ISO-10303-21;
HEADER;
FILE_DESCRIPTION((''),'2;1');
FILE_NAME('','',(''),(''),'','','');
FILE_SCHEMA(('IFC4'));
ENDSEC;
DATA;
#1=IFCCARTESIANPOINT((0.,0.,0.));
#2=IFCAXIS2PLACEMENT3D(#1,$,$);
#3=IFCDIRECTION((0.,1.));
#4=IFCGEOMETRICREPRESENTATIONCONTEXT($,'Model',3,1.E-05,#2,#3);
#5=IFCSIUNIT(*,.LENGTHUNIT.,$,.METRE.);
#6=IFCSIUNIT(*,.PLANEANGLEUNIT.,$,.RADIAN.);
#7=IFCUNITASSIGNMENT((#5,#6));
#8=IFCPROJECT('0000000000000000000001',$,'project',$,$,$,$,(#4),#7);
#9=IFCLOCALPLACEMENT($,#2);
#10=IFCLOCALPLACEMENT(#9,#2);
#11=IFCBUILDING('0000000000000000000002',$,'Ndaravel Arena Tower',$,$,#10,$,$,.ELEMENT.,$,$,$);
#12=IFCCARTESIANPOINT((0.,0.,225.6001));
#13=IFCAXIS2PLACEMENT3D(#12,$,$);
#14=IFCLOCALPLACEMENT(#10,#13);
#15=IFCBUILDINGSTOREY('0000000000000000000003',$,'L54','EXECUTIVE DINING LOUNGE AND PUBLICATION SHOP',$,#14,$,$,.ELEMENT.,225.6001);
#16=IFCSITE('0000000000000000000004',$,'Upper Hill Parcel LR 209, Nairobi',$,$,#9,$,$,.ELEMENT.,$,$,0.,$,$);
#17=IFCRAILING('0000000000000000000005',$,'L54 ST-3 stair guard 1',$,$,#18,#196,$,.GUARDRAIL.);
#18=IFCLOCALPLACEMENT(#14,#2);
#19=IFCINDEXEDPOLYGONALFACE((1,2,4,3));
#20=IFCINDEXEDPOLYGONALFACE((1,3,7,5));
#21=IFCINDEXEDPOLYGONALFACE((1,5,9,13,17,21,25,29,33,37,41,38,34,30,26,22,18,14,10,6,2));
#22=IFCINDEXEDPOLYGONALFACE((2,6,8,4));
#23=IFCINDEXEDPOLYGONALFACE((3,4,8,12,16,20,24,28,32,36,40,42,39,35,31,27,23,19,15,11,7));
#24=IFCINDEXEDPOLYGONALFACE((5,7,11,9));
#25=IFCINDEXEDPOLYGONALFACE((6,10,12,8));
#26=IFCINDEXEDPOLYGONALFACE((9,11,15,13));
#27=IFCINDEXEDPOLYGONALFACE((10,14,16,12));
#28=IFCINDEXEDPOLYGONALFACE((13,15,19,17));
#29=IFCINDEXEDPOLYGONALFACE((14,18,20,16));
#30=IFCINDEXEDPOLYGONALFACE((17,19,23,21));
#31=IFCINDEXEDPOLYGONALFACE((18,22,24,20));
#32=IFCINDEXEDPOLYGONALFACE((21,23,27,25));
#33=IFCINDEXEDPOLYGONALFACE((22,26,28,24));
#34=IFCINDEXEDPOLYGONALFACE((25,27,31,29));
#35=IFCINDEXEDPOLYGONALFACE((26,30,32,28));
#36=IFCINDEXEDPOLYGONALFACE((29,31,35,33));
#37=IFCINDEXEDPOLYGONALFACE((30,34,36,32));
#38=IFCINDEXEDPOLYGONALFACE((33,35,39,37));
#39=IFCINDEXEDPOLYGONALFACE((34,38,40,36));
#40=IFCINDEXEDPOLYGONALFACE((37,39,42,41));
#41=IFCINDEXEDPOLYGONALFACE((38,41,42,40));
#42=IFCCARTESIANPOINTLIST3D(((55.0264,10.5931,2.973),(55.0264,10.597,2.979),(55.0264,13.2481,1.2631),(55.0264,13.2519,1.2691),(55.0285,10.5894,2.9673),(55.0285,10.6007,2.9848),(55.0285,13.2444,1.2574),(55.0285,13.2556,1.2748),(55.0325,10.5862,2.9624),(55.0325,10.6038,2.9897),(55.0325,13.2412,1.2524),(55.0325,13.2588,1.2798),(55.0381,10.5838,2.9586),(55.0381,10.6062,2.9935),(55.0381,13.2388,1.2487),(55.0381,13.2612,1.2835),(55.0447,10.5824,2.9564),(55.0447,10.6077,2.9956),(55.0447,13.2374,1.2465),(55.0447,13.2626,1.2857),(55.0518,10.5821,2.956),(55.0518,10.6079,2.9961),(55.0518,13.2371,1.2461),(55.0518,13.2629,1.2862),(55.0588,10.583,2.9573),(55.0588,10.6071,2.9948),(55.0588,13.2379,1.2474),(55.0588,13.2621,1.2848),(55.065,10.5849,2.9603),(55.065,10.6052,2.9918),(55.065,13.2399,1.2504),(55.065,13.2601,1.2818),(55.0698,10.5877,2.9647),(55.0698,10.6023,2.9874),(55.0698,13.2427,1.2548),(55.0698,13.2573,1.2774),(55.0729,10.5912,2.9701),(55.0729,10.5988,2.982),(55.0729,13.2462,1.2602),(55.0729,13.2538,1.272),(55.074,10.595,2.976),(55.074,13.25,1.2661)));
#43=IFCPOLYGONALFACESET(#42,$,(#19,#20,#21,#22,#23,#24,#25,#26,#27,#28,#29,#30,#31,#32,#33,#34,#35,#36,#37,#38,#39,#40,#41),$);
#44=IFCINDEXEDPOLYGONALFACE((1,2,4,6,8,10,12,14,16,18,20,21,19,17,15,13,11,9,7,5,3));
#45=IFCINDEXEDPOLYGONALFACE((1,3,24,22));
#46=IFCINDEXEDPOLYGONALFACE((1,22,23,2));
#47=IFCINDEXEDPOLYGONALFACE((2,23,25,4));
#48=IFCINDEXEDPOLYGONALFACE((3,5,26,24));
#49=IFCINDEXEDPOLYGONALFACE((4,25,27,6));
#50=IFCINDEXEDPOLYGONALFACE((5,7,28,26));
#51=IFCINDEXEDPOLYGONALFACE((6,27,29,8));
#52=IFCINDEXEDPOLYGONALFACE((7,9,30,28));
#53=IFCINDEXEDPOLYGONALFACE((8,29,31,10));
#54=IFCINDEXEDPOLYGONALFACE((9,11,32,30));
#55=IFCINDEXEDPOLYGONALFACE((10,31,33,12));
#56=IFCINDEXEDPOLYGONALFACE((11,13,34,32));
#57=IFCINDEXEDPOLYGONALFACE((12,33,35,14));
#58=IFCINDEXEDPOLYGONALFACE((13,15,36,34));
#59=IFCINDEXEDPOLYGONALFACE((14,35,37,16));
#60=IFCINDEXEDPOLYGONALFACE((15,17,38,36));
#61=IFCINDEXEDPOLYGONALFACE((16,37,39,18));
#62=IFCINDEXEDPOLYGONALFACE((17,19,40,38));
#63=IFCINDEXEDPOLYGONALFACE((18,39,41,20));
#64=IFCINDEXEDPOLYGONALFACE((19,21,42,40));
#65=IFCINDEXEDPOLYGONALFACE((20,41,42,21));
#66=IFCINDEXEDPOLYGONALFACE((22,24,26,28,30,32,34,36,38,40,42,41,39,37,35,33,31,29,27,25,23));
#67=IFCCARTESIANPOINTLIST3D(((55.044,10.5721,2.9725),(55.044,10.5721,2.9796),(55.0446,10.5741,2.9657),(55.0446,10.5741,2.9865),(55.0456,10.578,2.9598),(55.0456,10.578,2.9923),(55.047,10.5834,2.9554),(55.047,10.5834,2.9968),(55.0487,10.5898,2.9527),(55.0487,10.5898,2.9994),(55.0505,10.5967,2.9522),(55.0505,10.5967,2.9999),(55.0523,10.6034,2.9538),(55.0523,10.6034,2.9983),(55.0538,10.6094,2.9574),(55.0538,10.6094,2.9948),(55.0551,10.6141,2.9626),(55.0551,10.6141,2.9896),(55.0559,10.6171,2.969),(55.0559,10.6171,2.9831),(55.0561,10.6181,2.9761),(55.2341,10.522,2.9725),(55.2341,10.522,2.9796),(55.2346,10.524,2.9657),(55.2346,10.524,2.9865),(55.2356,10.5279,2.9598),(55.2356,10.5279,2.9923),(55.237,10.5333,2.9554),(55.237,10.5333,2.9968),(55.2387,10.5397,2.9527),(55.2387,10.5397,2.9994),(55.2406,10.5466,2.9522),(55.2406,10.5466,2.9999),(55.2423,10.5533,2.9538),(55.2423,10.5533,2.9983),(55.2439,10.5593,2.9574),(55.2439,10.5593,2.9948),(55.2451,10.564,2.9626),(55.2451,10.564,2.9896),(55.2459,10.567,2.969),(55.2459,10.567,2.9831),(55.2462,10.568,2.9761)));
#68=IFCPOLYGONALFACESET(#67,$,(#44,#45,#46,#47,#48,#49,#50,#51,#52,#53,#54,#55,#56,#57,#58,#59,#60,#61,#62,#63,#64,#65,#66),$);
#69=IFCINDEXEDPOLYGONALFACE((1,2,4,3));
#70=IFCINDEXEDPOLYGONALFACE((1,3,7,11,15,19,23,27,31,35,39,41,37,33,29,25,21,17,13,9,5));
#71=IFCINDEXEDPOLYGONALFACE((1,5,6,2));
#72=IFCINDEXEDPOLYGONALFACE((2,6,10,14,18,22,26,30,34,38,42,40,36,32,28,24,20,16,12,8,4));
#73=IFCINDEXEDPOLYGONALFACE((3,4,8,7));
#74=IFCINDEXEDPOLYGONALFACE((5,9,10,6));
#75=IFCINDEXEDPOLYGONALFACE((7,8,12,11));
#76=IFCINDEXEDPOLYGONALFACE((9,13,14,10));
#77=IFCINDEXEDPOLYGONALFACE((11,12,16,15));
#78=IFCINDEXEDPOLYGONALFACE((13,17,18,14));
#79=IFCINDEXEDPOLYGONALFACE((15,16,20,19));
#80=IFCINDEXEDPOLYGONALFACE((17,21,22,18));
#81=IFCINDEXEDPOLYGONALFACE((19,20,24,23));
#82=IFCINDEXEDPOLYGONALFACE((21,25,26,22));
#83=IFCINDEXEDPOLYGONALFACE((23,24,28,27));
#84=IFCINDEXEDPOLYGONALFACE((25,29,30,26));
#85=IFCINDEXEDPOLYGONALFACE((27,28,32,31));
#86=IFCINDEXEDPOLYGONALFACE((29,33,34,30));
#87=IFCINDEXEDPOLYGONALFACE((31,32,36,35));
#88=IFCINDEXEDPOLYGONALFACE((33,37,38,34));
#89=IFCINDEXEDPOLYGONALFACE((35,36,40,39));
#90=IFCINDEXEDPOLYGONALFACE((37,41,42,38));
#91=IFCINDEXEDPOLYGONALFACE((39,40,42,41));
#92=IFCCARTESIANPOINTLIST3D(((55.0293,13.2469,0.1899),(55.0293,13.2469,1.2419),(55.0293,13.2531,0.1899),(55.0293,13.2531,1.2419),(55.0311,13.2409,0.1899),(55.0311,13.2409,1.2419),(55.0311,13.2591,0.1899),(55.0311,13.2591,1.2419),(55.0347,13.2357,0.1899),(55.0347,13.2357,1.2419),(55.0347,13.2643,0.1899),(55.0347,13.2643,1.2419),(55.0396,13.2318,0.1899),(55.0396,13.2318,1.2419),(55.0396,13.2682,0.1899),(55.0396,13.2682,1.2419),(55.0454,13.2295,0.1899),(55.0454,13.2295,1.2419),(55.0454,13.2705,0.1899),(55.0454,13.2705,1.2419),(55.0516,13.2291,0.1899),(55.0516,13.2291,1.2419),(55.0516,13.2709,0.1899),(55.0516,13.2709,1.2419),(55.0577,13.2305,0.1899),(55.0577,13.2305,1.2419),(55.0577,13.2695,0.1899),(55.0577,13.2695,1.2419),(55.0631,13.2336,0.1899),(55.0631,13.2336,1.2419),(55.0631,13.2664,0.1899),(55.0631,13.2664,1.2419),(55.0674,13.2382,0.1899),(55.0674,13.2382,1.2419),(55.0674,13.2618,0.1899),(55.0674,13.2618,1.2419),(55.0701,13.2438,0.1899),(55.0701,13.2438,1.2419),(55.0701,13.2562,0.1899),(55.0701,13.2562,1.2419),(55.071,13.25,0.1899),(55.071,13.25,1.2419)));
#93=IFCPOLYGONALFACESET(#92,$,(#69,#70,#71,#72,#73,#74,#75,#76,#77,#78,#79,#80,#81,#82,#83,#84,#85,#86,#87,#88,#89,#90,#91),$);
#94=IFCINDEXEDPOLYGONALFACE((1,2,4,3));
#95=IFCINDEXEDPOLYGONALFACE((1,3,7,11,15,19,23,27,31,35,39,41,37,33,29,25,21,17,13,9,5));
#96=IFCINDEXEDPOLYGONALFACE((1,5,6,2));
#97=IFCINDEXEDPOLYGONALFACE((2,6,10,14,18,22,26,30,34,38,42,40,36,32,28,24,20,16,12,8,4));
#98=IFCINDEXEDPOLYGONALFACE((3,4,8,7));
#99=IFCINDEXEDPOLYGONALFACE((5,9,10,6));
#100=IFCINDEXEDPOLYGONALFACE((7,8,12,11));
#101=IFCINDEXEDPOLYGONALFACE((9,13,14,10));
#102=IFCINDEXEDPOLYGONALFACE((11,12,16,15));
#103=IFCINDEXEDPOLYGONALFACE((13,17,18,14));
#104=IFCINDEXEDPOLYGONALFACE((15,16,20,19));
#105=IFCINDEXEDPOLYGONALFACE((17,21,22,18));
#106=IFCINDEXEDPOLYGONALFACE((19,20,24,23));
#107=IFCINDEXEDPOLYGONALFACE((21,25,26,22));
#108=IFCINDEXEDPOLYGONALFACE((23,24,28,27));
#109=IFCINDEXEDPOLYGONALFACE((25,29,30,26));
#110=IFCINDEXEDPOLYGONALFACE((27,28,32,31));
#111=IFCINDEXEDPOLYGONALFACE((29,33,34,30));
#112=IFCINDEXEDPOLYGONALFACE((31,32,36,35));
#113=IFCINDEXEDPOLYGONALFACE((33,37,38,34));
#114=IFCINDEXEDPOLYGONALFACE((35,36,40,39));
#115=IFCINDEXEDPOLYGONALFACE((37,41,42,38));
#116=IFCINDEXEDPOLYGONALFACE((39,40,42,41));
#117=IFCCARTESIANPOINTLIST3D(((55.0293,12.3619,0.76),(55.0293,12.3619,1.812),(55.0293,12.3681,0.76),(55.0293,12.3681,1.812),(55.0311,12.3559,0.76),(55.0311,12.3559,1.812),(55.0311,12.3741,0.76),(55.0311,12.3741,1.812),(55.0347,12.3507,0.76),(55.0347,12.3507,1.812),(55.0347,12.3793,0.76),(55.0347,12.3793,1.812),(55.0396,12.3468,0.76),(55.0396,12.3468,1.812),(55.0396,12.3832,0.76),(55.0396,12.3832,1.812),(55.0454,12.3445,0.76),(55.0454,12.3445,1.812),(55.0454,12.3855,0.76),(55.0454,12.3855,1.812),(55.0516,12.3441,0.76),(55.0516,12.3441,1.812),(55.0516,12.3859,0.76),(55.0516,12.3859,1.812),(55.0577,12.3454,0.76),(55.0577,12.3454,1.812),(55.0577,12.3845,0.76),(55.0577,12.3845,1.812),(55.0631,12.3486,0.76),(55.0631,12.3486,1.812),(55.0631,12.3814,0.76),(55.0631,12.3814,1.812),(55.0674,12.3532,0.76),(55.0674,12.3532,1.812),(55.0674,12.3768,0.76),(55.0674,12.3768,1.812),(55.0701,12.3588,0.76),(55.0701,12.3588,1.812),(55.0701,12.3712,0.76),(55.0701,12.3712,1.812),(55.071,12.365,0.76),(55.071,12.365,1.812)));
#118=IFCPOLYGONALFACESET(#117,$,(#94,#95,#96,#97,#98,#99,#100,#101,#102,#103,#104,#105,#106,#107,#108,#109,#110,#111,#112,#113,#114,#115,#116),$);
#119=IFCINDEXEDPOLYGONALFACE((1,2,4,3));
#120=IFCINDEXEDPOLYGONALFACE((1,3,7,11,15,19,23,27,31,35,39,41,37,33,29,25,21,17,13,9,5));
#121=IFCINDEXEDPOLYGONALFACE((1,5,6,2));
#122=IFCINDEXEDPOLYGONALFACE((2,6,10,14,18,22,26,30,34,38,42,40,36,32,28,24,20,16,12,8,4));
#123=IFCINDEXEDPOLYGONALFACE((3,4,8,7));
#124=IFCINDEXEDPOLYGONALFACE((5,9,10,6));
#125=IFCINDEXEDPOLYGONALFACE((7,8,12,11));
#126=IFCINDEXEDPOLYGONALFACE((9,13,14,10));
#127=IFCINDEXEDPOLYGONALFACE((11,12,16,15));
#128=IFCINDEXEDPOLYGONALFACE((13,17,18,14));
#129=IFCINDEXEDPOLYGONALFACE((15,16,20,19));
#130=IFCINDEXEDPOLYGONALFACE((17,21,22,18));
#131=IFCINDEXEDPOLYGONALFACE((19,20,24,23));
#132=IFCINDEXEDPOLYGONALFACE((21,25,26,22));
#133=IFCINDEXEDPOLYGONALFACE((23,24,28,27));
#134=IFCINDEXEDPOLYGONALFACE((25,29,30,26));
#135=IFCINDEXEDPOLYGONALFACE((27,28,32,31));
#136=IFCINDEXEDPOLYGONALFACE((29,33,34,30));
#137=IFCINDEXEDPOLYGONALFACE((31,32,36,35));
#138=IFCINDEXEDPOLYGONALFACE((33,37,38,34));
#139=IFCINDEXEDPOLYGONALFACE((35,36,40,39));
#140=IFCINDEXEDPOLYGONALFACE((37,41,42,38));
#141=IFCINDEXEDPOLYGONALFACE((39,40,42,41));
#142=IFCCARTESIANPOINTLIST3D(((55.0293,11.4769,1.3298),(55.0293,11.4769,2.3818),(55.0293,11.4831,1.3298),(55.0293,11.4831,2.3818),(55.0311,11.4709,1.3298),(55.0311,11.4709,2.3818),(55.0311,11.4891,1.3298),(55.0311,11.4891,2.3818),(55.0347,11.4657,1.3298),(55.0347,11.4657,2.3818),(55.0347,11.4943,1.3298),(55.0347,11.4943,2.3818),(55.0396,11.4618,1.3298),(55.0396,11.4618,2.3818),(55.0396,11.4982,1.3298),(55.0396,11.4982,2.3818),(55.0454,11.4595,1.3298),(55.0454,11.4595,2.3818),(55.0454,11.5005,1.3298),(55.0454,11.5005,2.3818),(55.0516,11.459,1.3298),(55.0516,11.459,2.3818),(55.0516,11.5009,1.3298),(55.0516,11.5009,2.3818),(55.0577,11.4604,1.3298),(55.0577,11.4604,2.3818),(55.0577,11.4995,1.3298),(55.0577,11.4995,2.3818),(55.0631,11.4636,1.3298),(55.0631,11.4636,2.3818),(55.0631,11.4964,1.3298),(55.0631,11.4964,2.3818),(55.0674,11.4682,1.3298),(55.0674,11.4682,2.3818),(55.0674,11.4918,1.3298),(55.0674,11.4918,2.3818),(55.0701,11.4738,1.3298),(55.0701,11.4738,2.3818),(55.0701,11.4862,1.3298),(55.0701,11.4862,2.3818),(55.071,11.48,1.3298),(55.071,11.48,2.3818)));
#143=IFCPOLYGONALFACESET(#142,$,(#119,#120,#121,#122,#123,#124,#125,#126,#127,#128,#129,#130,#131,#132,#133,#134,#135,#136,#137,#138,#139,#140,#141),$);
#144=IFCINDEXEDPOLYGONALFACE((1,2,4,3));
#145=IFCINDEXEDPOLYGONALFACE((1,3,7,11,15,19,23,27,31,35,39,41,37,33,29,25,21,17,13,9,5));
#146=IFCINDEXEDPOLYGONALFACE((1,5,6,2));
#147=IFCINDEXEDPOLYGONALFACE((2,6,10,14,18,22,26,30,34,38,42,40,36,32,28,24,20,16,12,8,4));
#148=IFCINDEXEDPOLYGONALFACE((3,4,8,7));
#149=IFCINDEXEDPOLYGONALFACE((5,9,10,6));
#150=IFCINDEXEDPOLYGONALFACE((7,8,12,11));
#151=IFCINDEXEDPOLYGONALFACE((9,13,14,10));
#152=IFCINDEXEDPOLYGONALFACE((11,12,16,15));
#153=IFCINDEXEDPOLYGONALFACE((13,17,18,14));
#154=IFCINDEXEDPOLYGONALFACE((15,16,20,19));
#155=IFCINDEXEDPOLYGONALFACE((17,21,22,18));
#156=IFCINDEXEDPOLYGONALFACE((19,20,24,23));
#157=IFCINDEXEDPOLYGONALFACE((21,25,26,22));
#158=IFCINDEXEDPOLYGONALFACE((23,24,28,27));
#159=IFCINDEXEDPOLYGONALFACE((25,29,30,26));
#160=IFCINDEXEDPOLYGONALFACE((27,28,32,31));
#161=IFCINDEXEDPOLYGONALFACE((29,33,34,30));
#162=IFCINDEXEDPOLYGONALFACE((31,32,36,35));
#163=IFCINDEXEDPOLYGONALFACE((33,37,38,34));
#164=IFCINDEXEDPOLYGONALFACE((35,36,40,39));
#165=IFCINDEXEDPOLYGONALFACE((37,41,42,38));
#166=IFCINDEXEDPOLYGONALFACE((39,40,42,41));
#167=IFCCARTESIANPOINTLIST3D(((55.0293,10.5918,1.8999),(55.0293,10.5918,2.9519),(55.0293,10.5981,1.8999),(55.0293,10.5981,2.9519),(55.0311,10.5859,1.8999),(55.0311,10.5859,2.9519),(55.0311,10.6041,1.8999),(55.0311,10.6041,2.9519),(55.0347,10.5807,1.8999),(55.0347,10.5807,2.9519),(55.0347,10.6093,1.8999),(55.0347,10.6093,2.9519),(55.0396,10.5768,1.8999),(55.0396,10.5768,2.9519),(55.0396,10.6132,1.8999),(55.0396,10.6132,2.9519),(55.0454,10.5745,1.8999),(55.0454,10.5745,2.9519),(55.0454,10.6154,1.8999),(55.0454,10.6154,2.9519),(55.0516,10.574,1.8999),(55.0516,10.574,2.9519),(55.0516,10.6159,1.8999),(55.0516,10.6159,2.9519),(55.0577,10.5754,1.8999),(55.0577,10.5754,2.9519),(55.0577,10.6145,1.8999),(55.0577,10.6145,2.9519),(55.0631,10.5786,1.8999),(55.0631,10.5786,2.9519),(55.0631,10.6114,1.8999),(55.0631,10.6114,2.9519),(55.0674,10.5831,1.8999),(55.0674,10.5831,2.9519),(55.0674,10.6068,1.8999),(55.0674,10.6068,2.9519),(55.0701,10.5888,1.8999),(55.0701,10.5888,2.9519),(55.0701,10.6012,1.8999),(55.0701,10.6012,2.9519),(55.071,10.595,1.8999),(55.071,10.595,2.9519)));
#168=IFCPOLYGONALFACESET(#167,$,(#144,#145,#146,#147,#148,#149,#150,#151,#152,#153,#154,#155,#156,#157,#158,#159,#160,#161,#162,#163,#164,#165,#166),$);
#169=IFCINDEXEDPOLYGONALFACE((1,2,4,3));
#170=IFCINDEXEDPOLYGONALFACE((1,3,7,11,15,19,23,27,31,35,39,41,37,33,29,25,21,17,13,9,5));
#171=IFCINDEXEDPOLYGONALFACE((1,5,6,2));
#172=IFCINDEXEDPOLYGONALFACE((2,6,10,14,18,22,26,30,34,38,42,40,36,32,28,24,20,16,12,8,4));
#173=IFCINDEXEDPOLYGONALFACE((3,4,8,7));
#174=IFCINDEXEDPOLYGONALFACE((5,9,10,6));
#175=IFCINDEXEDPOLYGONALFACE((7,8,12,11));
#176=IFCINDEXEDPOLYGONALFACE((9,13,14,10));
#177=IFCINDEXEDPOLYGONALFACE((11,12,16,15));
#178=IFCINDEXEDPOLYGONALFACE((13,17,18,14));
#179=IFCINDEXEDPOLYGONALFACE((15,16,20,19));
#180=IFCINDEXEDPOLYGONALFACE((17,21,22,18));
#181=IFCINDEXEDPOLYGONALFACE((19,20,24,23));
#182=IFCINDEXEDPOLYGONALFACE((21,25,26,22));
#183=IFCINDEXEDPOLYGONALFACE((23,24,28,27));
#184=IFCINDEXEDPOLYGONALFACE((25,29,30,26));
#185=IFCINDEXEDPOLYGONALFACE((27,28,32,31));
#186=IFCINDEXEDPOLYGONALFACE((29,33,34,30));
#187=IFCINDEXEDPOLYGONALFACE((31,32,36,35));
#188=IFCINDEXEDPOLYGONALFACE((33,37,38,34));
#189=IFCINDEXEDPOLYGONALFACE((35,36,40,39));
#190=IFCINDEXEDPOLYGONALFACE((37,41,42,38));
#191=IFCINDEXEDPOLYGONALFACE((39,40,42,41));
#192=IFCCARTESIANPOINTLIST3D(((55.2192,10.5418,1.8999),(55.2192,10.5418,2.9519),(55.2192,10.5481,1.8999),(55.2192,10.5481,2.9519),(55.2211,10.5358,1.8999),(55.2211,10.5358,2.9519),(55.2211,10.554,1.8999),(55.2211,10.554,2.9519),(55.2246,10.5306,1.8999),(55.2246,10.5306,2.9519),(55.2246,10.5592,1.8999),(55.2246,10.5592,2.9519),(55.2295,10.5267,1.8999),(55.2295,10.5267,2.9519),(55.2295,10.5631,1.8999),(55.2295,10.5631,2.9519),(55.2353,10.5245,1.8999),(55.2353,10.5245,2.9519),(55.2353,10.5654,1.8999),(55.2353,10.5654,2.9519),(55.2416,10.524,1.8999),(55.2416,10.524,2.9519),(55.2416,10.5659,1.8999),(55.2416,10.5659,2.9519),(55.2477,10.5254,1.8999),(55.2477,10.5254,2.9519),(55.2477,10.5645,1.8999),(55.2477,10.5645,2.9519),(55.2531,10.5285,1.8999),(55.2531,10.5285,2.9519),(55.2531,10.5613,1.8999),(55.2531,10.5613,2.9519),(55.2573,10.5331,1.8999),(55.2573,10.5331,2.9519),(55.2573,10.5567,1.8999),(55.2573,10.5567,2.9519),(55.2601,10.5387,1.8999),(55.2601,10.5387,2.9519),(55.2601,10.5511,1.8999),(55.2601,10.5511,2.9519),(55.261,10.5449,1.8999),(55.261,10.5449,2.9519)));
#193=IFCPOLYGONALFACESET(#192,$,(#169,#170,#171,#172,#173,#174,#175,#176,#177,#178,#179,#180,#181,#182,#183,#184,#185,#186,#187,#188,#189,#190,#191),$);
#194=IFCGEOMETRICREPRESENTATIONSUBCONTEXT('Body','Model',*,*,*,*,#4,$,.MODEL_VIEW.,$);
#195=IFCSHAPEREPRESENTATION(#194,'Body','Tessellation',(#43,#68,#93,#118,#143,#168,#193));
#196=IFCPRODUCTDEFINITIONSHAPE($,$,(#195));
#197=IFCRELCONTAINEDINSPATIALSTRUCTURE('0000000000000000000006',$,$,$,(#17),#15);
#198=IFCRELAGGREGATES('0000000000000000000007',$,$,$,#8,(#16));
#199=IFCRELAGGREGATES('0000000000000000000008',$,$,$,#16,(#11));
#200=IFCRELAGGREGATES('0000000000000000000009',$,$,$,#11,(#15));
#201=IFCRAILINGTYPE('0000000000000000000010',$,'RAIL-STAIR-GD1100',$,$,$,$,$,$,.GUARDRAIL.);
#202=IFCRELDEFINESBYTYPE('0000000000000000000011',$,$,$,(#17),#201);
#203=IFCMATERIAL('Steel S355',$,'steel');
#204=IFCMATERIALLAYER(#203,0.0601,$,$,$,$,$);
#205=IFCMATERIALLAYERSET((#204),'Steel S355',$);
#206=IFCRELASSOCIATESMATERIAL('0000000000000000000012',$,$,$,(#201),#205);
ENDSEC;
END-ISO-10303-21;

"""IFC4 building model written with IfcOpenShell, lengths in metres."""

from ifc_helpers import new_model, si_unit, direction, frame, origin, origin_2d, place, context, subcontext, project, spatial, circle, extrude, material, layer, layer_set, type_object, element, save


model = new_model("IFC4")

# Units and contexts
model_context = context("Model", 3, precision=1e-05, world=origin(), true_north=direction((0.0, 1.0)))
body_context = subcontext(model_context, "Body", "Model", "MODEL_VIEW")
ifc_project = project(units=[si_unit("LENGTHUNIT", "METRE"), si_unit("PLANEANGLEUNIT", "RADIAN")], contexts=[model_context])

# Site, building, storey
site_placement = place(None, origin())
site = spatial("IfcSite", under=ifc_project, at=site_placement, Name="Upper Hill Parcel LR 209, Nairobi", CompositionType="ELEMENT", RefElevation=0.0)
building_placement = place(site_placement, origin())
building = spatial("IfcBuilding", under=site, at=building_placement, Name="Ndaravel Arena Tower", CompositionType="ELEMENT")
storey_placement = place(building_placement, frame((0.0, 0.0, 225.6001)))
storey = spatial("IfcBuildingStorey", under=building, at=storey_placement, Name="L54", Description="EXECUTIVE DINING LOUNGE AND PUBLICATION SHOP", CompositionType="ELEMENT", Elevation=225.6001)

# Railing
ifc_material_1 = material(Name="Steel S355", Category="steel")
ifc_layer_1 = layer(ifc_material_1, 0.0601)
ifc_layer_set_1 = layer_set([ifc_layer_1], Name="Steel S355")
railing_type_1 = type_object("IfcRailingType", Name="RAIL-STAIR-GD1100", PredefinedType="GUARDRAIL", material=ifc_layer_set_1)
railing_1_placement = place(storey_placement, frame((55.05, 13.25, 0.1899)))
element("IfcRailing", 1, at=railing_1_placement, inside=storey, type_object=railing_type_1, Name="L54 ST-3 stair guard 1", PredefinedType="GUARDRAIL", context=body_context, shape_type="SweptSolid", body=[
    extrude(circle(Radius=0.0239, at=origin_2d()), frame((0.0, 0.0, 1.0762), z_axis=(0.0, -0.840724, 0.541465), x_axis=(1.0, 0.0, 0.0)), (0.0, 0.0, 1.0), 3.158),
    extrude(circle(Radius=0.0239, at=origin_2d()), frame((0.0, -2.655, 2.7861), z_axis=(0.966994, -0.254799, 0.0), x_axis=(0.254799, 0.966994, 0.0)), (0.0, 0.0, 1.0), 0.1965),
    extrude(circle(Radius=0.021, at=origin_2d()), origin(), (0.0, 0.0, 1.0), 1.052),
    extrude(circle(Radius=0.021, at=origin_2d()), frame((0.0, -0.885, 0.5701)), (0.0, 0.0, 1.0), 1.052),
    extrude(circle(Radius=0.021, at=origin_2d()), frame((0.0, -1.77, 1.1399)), (0.0, 0.0, 1.0), 1.052),
    extrude(circle(Radius=0.021, at=origin_2d()), frame((0.0, -2.655, 1.71)), (0.0, 0.0, 1.0), 1.052),
    extrude(circle(Radius=0.021, at=origin_2d()), frame((0.1899, -2.7051, 1.71)), (0.0, 0.0, 1.0), 1.052),
])

save(model, "model.ifc")
